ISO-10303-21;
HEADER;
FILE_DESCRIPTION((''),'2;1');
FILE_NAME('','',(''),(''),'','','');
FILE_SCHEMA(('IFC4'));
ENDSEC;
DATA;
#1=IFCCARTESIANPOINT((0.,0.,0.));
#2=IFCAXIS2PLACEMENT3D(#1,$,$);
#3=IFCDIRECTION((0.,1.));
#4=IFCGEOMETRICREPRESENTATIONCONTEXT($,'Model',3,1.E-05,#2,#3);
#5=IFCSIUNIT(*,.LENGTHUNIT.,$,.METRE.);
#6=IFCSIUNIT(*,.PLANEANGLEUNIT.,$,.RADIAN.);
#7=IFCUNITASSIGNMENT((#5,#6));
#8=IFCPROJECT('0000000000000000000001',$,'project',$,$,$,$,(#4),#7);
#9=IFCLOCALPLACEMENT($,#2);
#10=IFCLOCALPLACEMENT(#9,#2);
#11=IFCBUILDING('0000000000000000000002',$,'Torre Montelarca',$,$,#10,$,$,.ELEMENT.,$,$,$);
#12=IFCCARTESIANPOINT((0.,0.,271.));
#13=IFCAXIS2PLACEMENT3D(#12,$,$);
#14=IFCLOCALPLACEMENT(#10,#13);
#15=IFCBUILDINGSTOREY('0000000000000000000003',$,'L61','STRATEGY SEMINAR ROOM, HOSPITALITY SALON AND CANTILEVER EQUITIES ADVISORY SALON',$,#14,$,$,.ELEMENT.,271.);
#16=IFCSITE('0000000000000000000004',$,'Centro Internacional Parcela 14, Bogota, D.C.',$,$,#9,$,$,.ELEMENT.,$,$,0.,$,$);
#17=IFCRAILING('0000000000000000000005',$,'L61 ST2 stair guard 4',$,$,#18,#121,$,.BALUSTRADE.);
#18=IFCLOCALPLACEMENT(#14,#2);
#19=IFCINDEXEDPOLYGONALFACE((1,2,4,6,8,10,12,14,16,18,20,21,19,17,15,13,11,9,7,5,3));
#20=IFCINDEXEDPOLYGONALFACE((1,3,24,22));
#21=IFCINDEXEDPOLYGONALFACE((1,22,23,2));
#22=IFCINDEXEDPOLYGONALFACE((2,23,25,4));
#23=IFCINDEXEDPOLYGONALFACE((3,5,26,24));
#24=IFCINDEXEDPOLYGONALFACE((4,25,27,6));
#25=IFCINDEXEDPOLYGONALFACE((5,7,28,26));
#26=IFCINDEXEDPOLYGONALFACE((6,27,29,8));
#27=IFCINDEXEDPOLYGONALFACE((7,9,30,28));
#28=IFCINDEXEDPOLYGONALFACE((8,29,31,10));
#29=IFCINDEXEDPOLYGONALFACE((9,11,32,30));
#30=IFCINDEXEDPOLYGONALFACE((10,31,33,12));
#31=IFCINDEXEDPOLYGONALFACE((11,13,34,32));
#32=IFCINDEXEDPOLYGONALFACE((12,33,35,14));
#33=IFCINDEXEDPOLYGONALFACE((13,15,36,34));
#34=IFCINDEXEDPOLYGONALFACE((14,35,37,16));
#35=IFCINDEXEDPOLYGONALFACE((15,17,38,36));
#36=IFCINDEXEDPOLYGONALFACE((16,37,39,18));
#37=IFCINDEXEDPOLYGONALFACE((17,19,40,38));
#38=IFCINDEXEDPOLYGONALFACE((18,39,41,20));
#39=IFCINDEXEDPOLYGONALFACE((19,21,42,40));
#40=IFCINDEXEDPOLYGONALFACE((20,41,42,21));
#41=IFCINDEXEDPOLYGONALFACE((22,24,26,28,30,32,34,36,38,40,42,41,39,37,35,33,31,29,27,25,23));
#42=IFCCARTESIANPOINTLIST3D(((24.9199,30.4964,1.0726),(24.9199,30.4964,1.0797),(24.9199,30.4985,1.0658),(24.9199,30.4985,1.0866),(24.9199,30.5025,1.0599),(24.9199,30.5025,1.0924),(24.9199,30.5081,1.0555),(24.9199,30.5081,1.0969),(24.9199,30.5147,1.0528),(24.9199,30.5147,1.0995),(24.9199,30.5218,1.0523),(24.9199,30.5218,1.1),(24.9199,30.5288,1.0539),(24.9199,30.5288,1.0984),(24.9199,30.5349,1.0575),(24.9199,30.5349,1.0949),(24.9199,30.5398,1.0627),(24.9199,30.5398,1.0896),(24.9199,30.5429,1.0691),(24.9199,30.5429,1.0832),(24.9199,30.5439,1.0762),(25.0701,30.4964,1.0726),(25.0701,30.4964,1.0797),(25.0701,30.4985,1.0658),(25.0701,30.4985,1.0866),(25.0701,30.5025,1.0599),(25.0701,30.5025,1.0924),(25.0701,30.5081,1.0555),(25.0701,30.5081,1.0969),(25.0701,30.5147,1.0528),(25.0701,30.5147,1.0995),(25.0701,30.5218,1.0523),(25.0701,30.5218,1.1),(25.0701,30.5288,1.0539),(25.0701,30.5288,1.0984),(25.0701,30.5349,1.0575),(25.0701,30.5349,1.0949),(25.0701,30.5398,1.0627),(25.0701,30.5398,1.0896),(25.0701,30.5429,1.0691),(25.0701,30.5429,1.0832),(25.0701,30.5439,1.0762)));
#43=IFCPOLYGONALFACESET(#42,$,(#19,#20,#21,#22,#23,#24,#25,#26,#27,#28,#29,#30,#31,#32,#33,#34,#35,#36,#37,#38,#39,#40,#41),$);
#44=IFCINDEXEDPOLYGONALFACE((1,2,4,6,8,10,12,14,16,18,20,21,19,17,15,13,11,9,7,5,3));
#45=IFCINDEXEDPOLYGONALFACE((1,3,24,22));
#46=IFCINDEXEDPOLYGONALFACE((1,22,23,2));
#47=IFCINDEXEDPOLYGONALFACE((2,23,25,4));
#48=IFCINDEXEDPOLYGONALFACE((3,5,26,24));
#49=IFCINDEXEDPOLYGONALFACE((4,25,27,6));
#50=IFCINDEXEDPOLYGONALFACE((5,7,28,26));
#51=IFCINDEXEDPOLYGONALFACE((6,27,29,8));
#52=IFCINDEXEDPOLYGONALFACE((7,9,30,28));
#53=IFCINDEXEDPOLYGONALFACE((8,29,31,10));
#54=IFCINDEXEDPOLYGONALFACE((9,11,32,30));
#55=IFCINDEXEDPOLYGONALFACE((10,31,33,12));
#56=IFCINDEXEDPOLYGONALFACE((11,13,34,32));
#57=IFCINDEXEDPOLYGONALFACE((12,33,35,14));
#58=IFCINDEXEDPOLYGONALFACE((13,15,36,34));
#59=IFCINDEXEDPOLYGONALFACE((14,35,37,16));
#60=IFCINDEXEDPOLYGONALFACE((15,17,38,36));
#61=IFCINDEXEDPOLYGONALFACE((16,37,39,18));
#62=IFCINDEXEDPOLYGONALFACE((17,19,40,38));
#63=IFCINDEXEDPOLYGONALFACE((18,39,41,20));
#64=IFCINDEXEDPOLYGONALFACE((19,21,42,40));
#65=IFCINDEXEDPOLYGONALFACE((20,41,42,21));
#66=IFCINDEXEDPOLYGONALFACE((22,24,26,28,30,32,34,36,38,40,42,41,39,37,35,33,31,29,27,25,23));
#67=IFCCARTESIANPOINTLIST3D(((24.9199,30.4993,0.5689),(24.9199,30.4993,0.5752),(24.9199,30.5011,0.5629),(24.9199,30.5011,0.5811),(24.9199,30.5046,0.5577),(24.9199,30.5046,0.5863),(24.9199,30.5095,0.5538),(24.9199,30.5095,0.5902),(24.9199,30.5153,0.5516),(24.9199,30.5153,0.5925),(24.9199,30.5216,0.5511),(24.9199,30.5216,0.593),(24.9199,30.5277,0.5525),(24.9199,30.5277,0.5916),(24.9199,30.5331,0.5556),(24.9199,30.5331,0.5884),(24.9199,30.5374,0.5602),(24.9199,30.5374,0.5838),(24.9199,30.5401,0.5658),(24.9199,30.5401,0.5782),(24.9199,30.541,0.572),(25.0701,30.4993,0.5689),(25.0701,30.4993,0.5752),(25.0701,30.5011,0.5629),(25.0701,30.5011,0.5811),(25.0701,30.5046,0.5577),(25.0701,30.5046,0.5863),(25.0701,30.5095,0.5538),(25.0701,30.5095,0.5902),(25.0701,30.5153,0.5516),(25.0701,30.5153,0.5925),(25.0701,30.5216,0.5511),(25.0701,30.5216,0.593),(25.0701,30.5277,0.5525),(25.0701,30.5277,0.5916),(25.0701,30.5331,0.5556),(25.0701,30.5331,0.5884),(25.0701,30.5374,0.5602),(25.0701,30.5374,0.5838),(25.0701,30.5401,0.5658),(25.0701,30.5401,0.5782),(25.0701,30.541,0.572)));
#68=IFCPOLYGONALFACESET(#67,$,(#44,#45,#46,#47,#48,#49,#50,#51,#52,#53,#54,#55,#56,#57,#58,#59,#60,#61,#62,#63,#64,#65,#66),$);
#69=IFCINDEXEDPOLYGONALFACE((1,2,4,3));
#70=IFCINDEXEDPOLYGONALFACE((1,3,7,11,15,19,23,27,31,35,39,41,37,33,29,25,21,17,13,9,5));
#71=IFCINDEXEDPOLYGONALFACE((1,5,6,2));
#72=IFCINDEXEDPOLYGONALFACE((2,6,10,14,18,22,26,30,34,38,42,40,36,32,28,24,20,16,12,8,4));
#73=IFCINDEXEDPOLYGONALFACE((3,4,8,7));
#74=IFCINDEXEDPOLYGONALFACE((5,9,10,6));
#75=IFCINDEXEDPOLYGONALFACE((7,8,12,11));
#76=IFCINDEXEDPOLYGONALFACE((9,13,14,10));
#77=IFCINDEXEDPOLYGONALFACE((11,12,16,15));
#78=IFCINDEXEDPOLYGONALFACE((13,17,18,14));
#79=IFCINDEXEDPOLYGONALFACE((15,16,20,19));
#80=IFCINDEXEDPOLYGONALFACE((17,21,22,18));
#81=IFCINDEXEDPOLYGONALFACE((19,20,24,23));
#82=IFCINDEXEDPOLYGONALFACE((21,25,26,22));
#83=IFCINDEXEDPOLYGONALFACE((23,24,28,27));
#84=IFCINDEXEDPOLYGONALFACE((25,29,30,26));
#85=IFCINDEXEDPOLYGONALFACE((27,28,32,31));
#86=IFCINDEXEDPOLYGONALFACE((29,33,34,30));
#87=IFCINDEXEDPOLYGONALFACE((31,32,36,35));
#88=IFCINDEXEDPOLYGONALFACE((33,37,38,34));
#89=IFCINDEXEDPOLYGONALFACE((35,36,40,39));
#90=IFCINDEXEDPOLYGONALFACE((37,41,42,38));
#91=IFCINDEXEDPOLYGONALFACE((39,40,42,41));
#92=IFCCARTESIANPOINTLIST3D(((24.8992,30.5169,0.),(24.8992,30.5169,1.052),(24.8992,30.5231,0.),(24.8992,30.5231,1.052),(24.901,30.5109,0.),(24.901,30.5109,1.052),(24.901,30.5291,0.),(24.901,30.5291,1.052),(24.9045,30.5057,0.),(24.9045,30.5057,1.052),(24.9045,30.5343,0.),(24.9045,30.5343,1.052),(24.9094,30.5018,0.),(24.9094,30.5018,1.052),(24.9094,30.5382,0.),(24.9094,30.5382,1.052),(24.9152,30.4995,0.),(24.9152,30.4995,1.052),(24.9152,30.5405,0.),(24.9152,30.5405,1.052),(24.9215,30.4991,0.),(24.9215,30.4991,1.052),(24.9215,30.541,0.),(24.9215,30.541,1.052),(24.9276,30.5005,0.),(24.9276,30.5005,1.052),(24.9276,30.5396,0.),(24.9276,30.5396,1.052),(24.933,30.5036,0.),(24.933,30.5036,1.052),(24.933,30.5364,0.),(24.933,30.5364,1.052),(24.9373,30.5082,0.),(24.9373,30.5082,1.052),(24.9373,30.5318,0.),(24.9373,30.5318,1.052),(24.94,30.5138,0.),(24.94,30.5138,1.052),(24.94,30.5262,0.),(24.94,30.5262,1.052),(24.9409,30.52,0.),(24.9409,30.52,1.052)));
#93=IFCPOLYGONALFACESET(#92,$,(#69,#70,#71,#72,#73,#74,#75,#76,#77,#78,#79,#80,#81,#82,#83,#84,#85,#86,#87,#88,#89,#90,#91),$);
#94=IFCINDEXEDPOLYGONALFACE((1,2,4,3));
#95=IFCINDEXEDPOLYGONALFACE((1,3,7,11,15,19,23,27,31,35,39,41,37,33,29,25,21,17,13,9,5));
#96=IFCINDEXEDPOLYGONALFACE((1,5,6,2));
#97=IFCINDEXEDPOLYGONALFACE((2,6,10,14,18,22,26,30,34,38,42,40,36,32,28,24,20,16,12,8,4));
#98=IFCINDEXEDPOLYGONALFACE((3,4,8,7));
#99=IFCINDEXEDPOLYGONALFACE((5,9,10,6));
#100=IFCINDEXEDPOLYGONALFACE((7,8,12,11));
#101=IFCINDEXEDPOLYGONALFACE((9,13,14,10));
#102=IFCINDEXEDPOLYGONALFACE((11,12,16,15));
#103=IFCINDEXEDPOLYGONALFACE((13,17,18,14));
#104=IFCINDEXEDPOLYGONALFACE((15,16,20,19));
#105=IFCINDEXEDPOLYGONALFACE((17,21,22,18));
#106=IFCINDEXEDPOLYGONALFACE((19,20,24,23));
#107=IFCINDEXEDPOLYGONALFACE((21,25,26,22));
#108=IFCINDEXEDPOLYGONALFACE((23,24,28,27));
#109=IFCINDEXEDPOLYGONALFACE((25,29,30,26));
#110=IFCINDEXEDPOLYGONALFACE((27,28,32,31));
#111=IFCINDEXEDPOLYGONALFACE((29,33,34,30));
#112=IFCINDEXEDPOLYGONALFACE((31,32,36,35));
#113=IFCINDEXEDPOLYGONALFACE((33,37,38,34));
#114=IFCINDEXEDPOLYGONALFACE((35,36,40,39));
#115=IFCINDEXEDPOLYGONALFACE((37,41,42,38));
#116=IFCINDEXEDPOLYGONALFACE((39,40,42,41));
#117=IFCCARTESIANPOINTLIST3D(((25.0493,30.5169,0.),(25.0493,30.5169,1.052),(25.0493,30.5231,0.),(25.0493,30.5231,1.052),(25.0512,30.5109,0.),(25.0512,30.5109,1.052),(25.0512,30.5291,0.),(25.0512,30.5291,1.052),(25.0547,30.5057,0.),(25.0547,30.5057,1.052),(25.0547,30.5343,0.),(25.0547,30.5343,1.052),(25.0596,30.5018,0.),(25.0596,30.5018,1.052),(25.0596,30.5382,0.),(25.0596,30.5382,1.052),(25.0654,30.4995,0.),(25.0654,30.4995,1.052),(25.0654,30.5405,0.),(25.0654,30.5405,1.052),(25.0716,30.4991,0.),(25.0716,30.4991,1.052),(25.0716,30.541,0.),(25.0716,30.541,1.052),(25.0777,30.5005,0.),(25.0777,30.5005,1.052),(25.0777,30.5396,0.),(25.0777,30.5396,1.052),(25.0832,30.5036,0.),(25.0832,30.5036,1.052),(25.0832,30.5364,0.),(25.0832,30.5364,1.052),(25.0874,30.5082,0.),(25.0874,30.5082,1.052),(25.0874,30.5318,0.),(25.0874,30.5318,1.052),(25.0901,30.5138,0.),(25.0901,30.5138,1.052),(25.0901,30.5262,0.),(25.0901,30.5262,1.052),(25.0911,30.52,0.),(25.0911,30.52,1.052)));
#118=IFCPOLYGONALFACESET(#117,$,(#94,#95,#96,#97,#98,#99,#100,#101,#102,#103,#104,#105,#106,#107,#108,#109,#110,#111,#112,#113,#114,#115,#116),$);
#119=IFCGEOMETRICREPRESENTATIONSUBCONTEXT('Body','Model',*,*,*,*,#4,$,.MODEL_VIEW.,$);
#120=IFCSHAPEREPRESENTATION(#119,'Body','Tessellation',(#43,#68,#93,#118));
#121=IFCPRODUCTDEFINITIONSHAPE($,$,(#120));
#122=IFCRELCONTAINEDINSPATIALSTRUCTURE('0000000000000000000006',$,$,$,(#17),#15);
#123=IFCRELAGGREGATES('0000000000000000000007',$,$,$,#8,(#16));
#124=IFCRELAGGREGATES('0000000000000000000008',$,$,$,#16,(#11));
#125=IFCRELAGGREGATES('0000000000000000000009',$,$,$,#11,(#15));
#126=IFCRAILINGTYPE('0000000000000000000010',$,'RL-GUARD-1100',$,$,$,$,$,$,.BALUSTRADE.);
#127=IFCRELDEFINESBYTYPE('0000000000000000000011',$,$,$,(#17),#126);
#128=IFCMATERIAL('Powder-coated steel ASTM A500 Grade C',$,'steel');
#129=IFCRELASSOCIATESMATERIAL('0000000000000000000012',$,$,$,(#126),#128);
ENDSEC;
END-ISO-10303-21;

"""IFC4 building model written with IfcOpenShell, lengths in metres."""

from ifc_helpers import new_model, si_unit, direction, frame, origin, origin_2d, place, context, subcontext, project, spatial, circle, extrude, material, type_object, element, save


model = new_model("IFC4")

# Units and contexts
model_context = context("Model", 3, precision=1e-05, world=origin(), true_north=direction((0.0, 1.0)))
body_context = subcontext(model_context, "Body", "Model", "MODEL_VIEW")
ifc_project = project(units=[si_unit("LENGTHUNIT", "METRE"), si_unit("PLANEANGLEUNIT", "RADIAN")], contexts=[model_context])

# Site, building, storey
site_placement = place(None, origin())
site = spatial("IfcSite", under=ifc_project, at=site_placement, Name="Centro Internacional Parcela 14, Bogota, D.C.", CompositionType="ELEMENT", RefElevation=0.0)
building_placement = place(site_placement, origin())
building = spatial("IfcBuilding", under=site, at=building_placement, Name="Torre Montelarca", CompositionType="ELEMENT")
storey_placement = place(building_placement, frame((0.0, 0.0, 271.0)))
storey = spatial("IfcBuildingStorey", under=building, at=storey_placement, Name="L61", Description="STRATEGY SEMINAR ROOM, HOSPITALITY SALON AND CANTILEVER EQUITIES ADVISORY SALON", CompositionType="ELEMENT", Elevation=271.0)

# Railing
ifc_material_1 = material(Name="Powder-coated steel ASTM A500 Grade C", Category="steel")
railing_type_1 = type_object("IfcRailingType", Name="RL-GUARD-1100", PredefinedType="BALUSTRADE", material=ifc_material_1)
railing_1_placement = place(storey_placement, frame((24.9199, 30.52, 0.0)))
element("IfcRailing", 1, at=railing_1_placement, inside=storey, type_object=railing_type_1, Name="L61 ST2 stair guard 4", PredefinedType="BALUSTRADE", context=body_context, shape_type="SweptSolid", body=[
    extrude(circle(Radius=0.0239, at=origin_2d()), frame((0.0, 0.0, 1.0762), z_axis=(1.0, 0.0, 0.0), x_axis=(0.0, 1.0, 0.0)), (0.0, 0.0, 1.0), 0.1501),
    extrude(circle(Radius=0.021, at=origin_2d()), frame((0.0, 0.0, 0.572), z_axis=(1.0, 0.0, 0.0), x_axis=(0.0, 1.0, 0.0)), (0.0, 0.0, 1.0), 0.1501),
    extrude(circle(Radius=0.021, at=origin_2d()), origin(), (0.0, 0.0, 1.0), 1.052),
    extrude(circle(Radius=0.021, at=origin_2d()), frame((0.1501, 0.0, 0.0)), (0.0, 0.0, 1.0), 1.052),
])

save(model, "model.ifc")
